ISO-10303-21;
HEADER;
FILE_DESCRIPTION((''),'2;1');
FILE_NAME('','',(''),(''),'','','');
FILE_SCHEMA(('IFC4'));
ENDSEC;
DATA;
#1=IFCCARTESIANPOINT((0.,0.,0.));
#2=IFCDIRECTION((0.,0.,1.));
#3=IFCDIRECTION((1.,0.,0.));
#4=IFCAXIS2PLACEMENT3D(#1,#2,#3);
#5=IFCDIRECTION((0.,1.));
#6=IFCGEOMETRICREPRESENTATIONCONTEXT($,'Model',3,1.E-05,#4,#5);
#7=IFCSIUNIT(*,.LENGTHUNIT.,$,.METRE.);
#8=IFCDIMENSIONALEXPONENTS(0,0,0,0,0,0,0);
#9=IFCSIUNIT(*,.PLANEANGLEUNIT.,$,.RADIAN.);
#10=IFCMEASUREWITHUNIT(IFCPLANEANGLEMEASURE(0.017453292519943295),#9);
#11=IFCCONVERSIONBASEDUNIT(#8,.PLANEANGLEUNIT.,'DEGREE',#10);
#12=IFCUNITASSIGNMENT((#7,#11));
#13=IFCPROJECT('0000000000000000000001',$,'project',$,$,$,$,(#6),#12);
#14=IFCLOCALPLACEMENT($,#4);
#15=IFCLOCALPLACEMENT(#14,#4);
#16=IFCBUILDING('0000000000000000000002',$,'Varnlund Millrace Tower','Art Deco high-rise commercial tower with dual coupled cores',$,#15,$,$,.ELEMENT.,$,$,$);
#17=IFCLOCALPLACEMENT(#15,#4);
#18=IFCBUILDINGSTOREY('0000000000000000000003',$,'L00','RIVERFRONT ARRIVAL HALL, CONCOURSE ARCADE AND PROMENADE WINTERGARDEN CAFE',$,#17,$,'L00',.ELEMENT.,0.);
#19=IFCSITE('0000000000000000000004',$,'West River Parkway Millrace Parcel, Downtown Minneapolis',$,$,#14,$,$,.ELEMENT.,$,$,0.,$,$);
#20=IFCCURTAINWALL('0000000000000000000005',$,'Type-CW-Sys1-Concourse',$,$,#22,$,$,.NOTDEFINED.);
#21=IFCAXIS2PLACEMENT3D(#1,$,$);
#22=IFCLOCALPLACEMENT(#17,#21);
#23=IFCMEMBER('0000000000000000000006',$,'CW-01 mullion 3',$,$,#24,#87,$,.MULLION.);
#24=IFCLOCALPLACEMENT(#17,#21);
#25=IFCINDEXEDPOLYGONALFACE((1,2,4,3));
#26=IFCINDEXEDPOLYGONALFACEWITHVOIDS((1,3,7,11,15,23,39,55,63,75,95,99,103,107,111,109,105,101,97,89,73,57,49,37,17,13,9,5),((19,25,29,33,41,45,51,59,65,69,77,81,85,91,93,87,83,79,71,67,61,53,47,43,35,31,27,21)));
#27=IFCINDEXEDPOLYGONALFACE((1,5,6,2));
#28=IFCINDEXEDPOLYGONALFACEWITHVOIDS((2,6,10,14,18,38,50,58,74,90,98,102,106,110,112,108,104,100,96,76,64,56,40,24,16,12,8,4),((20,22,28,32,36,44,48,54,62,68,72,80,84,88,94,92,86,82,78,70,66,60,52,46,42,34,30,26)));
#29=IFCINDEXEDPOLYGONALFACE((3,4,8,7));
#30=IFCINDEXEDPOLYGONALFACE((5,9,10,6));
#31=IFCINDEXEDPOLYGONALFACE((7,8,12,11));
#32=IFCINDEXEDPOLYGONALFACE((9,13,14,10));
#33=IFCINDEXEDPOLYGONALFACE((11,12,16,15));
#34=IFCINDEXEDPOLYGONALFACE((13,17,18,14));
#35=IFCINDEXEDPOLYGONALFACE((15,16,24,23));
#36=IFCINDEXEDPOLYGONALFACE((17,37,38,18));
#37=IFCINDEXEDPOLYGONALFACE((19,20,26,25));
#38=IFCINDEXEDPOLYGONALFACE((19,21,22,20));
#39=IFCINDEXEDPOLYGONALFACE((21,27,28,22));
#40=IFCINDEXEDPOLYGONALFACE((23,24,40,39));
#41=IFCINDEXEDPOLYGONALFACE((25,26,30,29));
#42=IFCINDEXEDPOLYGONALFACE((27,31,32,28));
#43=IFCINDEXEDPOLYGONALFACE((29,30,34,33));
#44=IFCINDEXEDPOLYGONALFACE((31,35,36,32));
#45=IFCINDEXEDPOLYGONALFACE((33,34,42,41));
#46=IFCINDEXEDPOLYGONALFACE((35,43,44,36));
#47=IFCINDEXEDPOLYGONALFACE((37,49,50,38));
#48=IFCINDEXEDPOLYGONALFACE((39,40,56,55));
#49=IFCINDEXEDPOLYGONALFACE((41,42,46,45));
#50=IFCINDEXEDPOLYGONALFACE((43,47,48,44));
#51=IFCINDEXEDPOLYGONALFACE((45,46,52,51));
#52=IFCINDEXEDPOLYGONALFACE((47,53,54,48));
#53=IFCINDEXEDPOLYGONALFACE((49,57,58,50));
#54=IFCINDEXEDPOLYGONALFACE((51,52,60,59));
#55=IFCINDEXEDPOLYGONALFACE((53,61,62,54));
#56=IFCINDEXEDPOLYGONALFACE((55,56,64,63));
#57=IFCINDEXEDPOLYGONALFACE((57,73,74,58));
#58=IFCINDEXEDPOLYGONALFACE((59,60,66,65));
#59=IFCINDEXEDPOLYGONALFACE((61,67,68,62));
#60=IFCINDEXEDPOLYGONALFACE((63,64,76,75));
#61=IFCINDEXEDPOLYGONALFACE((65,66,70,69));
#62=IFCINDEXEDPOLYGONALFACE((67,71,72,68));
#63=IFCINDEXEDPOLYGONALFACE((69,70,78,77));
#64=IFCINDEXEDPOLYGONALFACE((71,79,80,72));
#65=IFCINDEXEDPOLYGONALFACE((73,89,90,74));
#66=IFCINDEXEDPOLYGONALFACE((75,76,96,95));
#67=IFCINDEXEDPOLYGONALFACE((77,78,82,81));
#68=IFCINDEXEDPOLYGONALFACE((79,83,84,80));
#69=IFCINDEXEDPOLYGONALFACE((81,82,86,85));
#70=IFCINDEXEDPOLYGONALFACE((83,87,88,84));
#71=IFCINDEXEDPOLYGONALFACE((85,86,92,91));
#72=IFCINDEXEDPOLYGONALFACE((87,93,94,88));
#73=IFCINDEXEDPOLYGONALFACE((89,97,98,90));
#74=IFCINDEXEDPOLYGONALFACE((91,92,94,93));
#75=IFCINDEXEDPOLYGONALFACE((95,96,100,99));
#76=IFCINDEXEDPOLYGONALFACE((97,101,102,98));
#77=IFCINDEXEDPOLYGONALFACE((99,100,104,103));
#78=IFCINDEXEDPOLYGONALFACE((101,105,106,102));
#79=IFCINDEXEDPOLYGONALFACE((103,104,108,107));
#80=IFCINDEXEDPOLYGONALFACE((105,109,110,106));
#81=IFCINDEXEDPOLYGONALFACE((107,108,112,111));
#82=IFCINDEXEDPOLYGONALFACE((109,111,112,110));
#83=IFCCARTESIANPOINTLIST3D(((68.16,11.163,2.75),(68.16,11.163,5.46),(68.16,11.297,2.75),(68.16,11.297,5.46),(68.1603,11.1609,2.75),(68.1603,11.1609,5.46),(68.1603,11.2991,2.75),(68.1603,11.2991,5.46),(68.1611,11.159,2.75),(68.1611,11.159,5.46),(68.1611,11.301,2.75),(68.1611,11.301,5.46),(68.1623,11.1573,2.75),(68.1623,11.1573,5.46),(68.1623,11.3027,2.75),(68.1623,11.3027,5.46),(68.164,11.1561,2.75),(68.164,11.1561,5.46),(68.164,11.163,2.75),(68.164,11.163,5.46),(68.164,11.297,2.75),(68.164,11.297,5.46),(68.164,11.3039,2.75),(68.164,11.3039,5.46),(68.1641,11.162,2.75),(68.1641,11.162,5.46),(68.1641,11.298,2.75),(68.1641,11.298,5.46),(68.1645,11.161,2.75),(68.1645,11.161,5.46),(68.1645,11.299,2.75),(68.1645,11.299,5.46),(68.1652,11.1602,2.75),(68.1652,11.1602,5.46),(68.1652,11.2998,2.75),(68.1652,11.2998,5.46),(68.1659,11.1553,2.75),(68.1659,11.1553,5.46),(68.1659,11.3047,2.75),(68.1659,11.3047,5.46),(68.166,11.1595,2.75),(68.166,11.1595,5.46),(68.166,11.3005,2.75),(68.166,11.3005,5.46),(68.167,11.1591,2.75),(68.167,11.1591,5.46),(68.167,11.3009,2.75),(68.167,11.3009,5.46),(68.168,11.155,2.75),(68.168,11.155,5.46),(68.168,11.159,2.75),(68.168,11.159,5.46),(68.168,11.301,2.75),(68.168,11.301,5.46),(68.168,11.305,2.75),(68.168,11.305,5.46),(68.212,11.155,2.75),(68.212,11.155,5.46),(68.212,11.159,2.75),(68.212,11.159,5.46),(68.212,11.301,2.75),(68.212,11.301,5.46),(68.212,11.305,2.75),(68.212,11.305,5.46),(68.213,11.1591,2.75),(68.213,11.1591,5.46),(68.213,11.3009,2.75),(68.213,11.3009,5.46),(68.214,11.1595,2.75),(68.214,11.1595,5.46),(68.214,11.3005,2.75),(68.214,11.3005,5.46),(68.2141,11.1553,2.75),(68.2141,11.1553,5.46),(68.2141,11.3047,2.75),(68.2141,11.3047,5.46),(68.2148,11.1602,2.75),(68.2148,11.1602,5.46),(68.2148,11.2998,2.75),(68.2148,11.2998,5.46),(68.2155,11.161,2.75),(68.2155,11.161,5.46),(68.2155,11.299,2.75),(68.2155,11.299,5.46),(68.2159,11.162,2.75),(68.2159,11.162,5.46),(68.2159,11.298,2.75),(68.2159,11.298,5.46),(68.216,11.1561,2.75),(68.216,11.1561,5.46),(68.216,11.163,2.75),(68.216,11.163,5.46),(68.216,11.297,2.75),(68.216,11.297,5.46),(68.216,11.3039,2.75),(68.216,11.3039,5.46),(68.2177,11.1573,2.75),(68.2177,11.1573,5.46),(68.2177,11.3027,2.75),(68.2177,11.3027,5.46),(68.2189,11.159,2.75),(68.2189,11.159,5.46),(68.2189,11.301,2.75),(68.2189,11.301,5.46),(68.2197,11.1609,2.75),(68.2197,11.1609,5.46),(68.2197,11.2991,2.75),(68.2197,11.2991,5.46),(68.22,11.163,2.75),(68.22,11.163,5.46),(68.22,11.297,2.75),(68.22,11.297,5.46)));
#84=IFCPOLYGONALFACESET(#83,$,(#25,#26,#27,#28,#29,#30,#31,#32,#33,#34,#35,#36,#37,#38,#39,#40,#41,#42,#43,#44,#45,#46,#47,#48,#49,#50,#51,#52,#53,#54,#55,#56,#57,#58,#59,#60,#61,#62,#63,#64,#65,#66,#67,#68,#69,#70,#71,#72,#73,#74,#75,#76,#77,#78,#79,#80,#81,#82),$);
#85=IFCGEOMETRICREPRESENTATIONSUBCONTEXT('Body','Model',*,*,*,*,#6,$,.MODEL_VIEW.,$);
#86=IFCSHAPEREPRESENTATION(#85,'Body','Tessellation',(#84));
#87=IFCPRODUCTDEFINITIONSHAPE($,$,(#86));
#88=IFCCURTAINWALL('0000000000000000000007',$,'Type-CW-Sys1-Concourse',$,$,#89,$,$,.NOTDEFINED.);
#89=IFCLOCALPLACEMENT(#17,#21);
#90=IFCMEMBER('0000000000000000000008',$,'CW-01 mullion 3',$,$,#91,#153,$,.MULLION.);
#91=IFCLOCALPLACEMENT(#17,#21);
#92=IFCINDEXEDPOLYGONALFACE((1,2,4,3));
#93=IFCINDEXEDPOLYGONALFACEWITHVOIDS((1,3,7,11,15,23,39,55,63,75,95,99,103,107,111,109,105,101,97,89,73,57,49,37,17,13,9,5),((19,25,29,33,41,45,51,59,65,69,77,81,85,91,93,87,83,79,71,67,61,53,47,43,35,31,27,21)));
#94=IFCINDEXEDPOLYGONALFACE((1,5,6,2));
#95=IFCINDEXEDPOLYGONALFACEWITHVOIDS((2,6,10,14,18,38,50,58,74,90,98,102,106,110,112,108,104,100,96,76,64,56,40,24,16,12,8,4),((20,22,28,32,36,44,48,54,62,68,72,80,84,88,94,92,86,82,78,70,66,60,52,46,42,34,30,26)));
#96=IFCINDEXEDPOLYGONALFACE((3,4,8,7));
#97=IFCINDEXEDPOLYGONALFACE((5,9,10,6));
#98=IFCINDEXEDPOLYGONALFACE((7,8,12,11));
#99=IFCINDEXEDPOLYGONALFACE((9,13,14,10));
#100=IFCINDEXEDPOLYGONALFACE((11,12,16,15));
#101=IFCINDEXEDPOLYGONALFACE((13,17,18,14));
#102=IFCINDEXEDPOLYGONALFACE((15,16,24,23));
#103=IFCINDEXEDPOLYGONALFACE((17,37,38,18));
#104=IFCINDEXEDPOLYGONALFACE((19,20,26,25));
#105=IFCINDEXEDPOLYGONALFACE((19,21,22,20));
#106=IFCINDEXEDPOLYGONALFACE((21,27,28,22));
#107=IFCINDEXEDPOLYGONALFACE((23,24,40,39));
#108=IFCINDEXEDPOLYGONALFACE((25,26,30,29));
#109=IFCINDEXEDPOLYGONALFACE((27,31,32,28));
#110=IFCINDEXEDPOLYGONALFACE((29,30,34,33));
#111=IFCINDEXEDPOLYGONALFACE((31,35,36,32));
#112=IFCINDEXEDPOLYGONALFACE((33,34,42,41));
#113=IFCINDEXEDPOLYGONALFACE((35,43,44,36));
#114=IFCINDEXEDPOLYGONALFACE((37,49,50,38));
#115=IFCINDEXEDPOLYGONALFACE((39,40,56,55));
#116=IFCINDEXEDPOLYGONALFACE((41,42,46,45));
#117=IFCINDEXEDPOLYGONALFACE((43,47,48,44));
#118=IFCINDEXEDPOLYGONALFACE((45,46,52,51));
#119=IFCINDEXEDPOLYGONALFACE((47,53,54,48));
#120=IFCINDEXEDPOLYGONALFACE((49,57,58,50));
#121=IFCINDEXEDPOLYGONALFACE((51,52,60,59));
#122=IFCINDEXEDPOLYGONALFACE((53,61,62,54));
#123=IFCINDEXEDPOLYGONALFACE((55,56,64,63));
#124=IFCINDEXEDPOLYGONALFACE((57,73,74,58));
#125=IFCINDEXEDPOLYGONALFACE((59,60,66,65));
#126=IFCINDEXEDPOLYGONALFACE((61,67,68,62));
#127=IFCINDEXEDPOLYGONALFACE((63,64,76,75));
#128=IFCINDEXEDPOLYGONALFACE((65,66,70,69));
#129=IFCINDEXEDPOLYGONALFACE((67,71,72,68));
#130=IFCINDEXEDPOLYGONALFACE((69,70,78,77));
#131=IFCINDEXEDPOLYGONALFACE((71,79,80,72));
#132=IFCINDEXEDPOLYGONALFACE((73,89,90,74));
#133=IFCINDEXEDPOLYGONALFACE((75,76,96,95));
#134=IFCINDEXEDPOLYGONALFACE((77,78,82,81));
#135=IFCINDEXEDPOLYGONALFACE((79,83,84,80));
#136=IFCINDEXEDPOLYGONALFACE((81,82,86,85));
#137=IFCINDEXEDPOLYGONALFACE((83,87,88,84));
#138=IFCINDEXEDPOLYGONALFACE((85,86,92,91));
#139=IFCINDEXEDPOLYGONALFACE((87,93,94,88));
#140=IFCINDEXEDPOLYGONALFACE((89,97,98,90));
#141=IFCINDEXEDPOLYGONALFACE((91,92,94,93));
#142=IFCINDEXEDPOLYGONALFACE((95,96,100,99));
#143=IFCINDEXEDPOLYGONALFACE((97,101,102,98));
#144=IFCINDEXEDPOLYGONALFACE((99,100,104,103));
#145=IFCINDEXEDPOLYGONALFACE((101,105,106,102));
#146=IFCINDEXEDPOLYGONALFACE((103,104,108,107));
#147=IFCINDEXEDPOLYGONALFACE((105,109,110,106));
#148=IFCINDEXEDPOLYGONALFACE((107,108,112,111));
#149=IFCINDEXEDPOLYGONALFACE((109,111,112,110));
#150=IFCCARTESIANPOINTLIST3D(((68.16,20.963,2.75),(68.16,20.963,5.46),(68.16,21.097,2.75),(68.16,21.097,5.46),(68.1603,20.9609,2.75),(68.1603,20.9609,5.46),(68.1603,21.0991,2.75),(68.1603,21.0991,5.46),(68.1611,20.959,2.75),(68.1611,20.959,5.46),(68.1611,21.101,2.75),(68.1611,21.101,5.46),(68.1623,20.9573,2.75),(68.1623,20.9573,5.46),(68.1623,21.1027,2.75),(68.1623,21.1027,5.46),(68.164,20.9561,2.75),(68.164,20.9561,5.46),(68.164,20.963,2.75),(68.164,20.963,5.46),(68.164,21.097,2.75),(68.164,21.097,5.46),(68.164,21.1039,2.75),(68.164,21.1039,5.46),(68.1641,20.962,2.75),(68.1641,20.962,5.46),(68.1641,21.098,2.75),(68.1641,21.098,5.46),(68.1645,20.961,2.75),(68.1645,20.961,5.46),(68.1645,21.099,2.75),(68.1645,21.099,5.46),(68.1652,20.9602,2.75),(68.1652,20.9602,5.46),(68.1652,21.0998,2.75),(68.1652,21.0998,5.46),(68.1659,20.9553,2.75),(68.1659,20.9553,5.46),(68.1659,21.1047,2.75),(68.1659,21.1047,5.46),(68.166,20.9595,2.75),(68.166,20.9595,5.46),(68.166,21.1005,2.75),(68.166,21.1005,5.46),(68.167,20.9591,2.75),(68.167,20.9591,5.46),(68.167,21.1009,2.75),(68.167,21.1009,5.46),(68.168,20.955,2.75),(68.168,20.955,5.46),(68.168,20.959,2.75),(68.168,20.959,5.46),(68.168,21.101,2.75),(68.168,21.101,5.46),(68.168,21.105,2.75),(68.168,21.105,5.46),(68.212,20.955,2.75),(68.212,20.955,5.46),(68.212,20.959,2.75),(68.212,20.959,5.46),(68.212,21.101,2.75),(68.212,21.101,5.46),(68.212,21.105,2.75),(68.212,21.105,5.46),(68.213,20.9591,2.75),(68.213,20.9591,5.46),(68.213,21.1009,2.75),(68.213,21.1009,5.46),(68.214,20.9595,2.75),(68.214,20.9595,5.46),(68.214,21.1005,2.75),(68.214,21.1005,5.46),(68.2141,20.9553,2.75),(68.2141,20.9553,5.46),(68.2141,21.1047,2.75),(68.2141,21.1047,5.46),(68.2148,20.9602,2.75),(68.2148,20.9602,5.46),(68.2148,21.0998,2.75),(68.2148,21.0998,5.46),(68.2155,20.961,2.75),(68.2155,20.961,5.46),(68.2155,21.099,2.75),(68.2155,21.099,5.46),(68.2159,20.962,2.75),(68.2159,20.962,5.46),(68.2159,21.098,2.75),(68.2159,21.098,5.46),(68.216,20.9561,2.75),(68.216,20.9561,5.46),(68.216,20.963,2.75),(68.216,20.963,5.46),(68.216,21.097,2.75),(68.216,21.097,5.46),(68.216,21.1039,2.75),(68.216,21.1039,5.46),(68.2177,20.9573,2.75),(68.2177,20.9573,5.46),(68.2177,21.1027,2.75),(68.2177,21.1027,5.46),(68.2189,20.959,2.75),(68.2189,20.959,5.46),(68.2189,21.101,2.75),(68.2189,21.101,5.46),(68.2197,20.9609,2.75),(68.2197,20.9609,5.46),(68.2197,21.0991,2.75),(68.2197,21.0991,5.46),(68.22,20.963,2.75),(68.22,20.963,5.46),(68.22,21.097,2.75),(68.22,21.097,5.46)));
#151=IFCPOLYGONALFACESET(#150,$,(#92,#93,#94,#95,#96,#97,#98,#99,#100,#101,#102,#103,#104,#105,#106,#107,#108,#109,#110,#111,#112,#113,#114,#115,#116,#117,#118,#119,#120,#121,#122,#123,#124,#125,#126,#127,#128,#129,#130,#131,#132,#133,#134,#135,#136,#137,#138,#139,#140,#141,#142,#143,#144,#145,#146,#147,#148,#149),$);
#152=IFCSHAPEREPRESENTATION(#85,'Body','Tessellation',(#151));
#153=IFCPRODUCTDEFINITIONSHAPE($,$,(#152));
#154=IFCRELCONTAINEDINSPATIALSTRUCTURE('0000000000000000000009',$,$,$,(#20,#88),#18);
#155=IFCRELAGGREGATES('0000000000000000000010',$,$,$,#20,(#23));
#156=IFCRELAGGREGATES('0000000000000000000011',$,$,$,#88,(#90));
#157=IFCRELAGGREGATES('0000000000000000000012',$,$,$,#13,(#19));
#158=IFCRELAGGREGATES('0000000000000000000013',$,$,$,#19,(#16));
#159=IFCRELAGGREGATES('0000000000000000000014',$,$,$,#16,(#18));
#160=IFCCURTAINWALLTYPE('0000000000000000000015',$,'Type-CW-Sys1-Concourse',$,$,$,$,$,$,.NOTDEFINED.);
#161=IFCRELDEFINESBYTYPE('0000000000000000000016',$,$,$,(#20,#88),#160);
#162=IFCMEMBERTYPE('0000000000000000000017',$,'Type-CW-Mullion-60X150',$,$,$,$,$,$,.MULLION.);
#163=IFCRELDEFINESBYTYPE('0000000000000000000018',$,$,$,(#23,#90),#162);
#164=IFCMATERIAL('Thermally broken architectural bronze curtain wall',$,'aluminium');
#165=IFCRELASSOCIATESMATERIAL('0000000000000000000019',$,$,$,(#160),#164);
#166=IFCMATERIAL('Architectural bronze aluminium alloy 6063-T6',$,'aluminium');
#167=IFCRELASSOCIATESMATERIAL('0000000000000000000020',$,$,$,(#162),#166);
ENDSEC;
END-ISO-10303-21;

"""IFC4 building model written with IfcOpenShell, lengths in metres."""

from ifc_helpers import new_model, entity, si_unit, converted_unit, direction, frame, origin_with_axes, origin_2d_with_axis, place, context, subcontext, project, spatial, hollow_rectangle, extrude, material, material_profile, profile_set, type_object, element, aggregate, save


model = new_model("IFC4")

# Units and contexts
model_context = context("Model", 3, precision=1e-05, world=origin_with_axes(), true_north=direction((0.0, 1.0)))
body_context = subcontext(model_context, "Body", "Model", "MODEL_VIEW")
ifc_project = project(units=[si_unit("LENGTHUNIT", "METRE"), converted_unit("PLANEANGLEUNIT", "DEGREE", entity("IfcPlaneAngleMeasure", 0.017453292519943295), si_unit("PLANEANGLEUNIT", "RADIAN"), dimensions=[0, 0, 0, 0, 0, 0, 0])], contexts=[model_context])

# Site, building, storey
site_placement = place(None, origin_with_axes())
site = spatial("IfcSite", under=ifc_project, at=site_placement, Name="West River Parkway Millrace Parcel, Downtown Minneapolis", CompositionType="ELEMENT", RefElevation=0.0)
building_placement = place(site_placement, origin_with_axes())
building = spatial("IfcBuilding", under=site, at=building_placement, Name="Varnlund Millrace Tower", Description="Art Deco high-rise commercial tower with dual coupled cores", CompositionType="ELEMENT")
storey_placement = place(building_placement, origin_with_axes())
storey = spatial("IfcBuildingStorey", under=building, at=storey_placement, Name="L00", Description="RIVERFRONT ARRIVAL HALL, CONCOURSE ARCADE AND PROMENADE WINTERGARDEN CAFE", LongName="L00", CompositionType="ELEMENT", Elevation=0.0)

# Curtain wall, member
ifc_material_1 = material(Name="Thermally broken architectural bronze curtain wall", Category="aluminium")
curtain_wall_type = type_object("IfcCurtainWallType", Name="Type-CW-Sys1-Concourse", PredefinedType="NOTDEFINED", material=ifc_material_1)
curtain_wall_1_placement = place(storey_placement, frame((68.19, 14.2, 2.75), z_axis=(0.0, 0.0, 1.0), x_axis=(1.0, 0.0, 0.0)))
curtain_wall_1 = element("IfcCurtainWall", 1, at=curtain_wall_1_placement, inside=storey, type_object=curtain_wall_type, Name="Type-CW-Sys1-Concourse", PredefinedType="NOTDEFINED")
ifc_material_2 = material(Name="Architectural bronze aluminium alloy 6063-T6", Category="aluminium")
ifc_material_profile_1 = material_profile(ifc_material_2, hollow_rectangle(XDim=0.06, YDim=0.15, WallThickness=0.004, InnerFilletRadius=0.004, OuterFilletRadius=0.008, at=origin_2d_with_axis()), Name="Architectural bronze aluminium alloy 6063-T6")
ifc_profile_set_1 = profile_set([ifc_material_profile_1], Name="Architectural bronze aluminium alloy 6063-T6")
member_type_1 = type_object("IfcMemberType", Name="Type-CW-Mullion-60X150", PredefinedType="MULLION", material=ifc_profile_set_1)
member_1_placement = place(storey_placement, frame((68.19, 11.23, 2.75), z_axis=(0.0, 0.0, 1.0), x_axis=(1.0, 0.0, 0.0)))
member_1 = element("IfcMember", 2, at=member_1_placement, type_object=member_type_1, Name="CW-01 mullion 3", PredefinedType="MULLION", context=body_context, shape_type="SweptSolid", body=[
    extrude(hollow_rectangle(XDim=0.06, YDim=0.15, WallThickness=0.004, InnerFilletRadius=0.004, OuterFilletRadius=0.008, at=origin_2d_with_axis()), origin_with_axes(), (0.0, 0.0, 1.0), 2.71),
])

# Curtain wall, member
curtain_wall_2_placement = place(storey_placement, frame((68.19, 24.0, 2.75), z_axis=(0.0, 0.0, 1.0), x_axis=(1.0, 0.0, 0.0)))
curtain_wall_2 = element("IfcCurtainWall", 3, at=curtain_wall_2_placement, inside=storey, type_object=curtain_wall_type, Name="Type-CW-Sys1-Concourse", PredefinedType="NOTDEFINED")
member_2_placement = place(storey_placement, frame((68.19, 21.03, 2.75), z_axis=(0.0, 0.0, 1.0), x_axis=(1.0, 0.0, 0.0)))
member_2 = element("IfcMember", 4, at=member_2_placement, type_object=member_type_1, Name="CW-01 mullion 3", PredefinedType="MULLION", context=body_context, shape_type="SweptSolid", body=[
    extrude(hollow_rectangle(XDim=0.06, YDim=0.15, WallThickness=0.004, InnerFilletRadius=0.004, OuterFilletRadius=0.008, at=origin_2d_with_axis()), origin_with_axes(), (0.0, 0.0, 1.0), 2.71),
])

aggregate(curtain_wall_1, [member_1])
aggregate(curtain_wall_2, [member_2])

save(model, "model.ifc")
